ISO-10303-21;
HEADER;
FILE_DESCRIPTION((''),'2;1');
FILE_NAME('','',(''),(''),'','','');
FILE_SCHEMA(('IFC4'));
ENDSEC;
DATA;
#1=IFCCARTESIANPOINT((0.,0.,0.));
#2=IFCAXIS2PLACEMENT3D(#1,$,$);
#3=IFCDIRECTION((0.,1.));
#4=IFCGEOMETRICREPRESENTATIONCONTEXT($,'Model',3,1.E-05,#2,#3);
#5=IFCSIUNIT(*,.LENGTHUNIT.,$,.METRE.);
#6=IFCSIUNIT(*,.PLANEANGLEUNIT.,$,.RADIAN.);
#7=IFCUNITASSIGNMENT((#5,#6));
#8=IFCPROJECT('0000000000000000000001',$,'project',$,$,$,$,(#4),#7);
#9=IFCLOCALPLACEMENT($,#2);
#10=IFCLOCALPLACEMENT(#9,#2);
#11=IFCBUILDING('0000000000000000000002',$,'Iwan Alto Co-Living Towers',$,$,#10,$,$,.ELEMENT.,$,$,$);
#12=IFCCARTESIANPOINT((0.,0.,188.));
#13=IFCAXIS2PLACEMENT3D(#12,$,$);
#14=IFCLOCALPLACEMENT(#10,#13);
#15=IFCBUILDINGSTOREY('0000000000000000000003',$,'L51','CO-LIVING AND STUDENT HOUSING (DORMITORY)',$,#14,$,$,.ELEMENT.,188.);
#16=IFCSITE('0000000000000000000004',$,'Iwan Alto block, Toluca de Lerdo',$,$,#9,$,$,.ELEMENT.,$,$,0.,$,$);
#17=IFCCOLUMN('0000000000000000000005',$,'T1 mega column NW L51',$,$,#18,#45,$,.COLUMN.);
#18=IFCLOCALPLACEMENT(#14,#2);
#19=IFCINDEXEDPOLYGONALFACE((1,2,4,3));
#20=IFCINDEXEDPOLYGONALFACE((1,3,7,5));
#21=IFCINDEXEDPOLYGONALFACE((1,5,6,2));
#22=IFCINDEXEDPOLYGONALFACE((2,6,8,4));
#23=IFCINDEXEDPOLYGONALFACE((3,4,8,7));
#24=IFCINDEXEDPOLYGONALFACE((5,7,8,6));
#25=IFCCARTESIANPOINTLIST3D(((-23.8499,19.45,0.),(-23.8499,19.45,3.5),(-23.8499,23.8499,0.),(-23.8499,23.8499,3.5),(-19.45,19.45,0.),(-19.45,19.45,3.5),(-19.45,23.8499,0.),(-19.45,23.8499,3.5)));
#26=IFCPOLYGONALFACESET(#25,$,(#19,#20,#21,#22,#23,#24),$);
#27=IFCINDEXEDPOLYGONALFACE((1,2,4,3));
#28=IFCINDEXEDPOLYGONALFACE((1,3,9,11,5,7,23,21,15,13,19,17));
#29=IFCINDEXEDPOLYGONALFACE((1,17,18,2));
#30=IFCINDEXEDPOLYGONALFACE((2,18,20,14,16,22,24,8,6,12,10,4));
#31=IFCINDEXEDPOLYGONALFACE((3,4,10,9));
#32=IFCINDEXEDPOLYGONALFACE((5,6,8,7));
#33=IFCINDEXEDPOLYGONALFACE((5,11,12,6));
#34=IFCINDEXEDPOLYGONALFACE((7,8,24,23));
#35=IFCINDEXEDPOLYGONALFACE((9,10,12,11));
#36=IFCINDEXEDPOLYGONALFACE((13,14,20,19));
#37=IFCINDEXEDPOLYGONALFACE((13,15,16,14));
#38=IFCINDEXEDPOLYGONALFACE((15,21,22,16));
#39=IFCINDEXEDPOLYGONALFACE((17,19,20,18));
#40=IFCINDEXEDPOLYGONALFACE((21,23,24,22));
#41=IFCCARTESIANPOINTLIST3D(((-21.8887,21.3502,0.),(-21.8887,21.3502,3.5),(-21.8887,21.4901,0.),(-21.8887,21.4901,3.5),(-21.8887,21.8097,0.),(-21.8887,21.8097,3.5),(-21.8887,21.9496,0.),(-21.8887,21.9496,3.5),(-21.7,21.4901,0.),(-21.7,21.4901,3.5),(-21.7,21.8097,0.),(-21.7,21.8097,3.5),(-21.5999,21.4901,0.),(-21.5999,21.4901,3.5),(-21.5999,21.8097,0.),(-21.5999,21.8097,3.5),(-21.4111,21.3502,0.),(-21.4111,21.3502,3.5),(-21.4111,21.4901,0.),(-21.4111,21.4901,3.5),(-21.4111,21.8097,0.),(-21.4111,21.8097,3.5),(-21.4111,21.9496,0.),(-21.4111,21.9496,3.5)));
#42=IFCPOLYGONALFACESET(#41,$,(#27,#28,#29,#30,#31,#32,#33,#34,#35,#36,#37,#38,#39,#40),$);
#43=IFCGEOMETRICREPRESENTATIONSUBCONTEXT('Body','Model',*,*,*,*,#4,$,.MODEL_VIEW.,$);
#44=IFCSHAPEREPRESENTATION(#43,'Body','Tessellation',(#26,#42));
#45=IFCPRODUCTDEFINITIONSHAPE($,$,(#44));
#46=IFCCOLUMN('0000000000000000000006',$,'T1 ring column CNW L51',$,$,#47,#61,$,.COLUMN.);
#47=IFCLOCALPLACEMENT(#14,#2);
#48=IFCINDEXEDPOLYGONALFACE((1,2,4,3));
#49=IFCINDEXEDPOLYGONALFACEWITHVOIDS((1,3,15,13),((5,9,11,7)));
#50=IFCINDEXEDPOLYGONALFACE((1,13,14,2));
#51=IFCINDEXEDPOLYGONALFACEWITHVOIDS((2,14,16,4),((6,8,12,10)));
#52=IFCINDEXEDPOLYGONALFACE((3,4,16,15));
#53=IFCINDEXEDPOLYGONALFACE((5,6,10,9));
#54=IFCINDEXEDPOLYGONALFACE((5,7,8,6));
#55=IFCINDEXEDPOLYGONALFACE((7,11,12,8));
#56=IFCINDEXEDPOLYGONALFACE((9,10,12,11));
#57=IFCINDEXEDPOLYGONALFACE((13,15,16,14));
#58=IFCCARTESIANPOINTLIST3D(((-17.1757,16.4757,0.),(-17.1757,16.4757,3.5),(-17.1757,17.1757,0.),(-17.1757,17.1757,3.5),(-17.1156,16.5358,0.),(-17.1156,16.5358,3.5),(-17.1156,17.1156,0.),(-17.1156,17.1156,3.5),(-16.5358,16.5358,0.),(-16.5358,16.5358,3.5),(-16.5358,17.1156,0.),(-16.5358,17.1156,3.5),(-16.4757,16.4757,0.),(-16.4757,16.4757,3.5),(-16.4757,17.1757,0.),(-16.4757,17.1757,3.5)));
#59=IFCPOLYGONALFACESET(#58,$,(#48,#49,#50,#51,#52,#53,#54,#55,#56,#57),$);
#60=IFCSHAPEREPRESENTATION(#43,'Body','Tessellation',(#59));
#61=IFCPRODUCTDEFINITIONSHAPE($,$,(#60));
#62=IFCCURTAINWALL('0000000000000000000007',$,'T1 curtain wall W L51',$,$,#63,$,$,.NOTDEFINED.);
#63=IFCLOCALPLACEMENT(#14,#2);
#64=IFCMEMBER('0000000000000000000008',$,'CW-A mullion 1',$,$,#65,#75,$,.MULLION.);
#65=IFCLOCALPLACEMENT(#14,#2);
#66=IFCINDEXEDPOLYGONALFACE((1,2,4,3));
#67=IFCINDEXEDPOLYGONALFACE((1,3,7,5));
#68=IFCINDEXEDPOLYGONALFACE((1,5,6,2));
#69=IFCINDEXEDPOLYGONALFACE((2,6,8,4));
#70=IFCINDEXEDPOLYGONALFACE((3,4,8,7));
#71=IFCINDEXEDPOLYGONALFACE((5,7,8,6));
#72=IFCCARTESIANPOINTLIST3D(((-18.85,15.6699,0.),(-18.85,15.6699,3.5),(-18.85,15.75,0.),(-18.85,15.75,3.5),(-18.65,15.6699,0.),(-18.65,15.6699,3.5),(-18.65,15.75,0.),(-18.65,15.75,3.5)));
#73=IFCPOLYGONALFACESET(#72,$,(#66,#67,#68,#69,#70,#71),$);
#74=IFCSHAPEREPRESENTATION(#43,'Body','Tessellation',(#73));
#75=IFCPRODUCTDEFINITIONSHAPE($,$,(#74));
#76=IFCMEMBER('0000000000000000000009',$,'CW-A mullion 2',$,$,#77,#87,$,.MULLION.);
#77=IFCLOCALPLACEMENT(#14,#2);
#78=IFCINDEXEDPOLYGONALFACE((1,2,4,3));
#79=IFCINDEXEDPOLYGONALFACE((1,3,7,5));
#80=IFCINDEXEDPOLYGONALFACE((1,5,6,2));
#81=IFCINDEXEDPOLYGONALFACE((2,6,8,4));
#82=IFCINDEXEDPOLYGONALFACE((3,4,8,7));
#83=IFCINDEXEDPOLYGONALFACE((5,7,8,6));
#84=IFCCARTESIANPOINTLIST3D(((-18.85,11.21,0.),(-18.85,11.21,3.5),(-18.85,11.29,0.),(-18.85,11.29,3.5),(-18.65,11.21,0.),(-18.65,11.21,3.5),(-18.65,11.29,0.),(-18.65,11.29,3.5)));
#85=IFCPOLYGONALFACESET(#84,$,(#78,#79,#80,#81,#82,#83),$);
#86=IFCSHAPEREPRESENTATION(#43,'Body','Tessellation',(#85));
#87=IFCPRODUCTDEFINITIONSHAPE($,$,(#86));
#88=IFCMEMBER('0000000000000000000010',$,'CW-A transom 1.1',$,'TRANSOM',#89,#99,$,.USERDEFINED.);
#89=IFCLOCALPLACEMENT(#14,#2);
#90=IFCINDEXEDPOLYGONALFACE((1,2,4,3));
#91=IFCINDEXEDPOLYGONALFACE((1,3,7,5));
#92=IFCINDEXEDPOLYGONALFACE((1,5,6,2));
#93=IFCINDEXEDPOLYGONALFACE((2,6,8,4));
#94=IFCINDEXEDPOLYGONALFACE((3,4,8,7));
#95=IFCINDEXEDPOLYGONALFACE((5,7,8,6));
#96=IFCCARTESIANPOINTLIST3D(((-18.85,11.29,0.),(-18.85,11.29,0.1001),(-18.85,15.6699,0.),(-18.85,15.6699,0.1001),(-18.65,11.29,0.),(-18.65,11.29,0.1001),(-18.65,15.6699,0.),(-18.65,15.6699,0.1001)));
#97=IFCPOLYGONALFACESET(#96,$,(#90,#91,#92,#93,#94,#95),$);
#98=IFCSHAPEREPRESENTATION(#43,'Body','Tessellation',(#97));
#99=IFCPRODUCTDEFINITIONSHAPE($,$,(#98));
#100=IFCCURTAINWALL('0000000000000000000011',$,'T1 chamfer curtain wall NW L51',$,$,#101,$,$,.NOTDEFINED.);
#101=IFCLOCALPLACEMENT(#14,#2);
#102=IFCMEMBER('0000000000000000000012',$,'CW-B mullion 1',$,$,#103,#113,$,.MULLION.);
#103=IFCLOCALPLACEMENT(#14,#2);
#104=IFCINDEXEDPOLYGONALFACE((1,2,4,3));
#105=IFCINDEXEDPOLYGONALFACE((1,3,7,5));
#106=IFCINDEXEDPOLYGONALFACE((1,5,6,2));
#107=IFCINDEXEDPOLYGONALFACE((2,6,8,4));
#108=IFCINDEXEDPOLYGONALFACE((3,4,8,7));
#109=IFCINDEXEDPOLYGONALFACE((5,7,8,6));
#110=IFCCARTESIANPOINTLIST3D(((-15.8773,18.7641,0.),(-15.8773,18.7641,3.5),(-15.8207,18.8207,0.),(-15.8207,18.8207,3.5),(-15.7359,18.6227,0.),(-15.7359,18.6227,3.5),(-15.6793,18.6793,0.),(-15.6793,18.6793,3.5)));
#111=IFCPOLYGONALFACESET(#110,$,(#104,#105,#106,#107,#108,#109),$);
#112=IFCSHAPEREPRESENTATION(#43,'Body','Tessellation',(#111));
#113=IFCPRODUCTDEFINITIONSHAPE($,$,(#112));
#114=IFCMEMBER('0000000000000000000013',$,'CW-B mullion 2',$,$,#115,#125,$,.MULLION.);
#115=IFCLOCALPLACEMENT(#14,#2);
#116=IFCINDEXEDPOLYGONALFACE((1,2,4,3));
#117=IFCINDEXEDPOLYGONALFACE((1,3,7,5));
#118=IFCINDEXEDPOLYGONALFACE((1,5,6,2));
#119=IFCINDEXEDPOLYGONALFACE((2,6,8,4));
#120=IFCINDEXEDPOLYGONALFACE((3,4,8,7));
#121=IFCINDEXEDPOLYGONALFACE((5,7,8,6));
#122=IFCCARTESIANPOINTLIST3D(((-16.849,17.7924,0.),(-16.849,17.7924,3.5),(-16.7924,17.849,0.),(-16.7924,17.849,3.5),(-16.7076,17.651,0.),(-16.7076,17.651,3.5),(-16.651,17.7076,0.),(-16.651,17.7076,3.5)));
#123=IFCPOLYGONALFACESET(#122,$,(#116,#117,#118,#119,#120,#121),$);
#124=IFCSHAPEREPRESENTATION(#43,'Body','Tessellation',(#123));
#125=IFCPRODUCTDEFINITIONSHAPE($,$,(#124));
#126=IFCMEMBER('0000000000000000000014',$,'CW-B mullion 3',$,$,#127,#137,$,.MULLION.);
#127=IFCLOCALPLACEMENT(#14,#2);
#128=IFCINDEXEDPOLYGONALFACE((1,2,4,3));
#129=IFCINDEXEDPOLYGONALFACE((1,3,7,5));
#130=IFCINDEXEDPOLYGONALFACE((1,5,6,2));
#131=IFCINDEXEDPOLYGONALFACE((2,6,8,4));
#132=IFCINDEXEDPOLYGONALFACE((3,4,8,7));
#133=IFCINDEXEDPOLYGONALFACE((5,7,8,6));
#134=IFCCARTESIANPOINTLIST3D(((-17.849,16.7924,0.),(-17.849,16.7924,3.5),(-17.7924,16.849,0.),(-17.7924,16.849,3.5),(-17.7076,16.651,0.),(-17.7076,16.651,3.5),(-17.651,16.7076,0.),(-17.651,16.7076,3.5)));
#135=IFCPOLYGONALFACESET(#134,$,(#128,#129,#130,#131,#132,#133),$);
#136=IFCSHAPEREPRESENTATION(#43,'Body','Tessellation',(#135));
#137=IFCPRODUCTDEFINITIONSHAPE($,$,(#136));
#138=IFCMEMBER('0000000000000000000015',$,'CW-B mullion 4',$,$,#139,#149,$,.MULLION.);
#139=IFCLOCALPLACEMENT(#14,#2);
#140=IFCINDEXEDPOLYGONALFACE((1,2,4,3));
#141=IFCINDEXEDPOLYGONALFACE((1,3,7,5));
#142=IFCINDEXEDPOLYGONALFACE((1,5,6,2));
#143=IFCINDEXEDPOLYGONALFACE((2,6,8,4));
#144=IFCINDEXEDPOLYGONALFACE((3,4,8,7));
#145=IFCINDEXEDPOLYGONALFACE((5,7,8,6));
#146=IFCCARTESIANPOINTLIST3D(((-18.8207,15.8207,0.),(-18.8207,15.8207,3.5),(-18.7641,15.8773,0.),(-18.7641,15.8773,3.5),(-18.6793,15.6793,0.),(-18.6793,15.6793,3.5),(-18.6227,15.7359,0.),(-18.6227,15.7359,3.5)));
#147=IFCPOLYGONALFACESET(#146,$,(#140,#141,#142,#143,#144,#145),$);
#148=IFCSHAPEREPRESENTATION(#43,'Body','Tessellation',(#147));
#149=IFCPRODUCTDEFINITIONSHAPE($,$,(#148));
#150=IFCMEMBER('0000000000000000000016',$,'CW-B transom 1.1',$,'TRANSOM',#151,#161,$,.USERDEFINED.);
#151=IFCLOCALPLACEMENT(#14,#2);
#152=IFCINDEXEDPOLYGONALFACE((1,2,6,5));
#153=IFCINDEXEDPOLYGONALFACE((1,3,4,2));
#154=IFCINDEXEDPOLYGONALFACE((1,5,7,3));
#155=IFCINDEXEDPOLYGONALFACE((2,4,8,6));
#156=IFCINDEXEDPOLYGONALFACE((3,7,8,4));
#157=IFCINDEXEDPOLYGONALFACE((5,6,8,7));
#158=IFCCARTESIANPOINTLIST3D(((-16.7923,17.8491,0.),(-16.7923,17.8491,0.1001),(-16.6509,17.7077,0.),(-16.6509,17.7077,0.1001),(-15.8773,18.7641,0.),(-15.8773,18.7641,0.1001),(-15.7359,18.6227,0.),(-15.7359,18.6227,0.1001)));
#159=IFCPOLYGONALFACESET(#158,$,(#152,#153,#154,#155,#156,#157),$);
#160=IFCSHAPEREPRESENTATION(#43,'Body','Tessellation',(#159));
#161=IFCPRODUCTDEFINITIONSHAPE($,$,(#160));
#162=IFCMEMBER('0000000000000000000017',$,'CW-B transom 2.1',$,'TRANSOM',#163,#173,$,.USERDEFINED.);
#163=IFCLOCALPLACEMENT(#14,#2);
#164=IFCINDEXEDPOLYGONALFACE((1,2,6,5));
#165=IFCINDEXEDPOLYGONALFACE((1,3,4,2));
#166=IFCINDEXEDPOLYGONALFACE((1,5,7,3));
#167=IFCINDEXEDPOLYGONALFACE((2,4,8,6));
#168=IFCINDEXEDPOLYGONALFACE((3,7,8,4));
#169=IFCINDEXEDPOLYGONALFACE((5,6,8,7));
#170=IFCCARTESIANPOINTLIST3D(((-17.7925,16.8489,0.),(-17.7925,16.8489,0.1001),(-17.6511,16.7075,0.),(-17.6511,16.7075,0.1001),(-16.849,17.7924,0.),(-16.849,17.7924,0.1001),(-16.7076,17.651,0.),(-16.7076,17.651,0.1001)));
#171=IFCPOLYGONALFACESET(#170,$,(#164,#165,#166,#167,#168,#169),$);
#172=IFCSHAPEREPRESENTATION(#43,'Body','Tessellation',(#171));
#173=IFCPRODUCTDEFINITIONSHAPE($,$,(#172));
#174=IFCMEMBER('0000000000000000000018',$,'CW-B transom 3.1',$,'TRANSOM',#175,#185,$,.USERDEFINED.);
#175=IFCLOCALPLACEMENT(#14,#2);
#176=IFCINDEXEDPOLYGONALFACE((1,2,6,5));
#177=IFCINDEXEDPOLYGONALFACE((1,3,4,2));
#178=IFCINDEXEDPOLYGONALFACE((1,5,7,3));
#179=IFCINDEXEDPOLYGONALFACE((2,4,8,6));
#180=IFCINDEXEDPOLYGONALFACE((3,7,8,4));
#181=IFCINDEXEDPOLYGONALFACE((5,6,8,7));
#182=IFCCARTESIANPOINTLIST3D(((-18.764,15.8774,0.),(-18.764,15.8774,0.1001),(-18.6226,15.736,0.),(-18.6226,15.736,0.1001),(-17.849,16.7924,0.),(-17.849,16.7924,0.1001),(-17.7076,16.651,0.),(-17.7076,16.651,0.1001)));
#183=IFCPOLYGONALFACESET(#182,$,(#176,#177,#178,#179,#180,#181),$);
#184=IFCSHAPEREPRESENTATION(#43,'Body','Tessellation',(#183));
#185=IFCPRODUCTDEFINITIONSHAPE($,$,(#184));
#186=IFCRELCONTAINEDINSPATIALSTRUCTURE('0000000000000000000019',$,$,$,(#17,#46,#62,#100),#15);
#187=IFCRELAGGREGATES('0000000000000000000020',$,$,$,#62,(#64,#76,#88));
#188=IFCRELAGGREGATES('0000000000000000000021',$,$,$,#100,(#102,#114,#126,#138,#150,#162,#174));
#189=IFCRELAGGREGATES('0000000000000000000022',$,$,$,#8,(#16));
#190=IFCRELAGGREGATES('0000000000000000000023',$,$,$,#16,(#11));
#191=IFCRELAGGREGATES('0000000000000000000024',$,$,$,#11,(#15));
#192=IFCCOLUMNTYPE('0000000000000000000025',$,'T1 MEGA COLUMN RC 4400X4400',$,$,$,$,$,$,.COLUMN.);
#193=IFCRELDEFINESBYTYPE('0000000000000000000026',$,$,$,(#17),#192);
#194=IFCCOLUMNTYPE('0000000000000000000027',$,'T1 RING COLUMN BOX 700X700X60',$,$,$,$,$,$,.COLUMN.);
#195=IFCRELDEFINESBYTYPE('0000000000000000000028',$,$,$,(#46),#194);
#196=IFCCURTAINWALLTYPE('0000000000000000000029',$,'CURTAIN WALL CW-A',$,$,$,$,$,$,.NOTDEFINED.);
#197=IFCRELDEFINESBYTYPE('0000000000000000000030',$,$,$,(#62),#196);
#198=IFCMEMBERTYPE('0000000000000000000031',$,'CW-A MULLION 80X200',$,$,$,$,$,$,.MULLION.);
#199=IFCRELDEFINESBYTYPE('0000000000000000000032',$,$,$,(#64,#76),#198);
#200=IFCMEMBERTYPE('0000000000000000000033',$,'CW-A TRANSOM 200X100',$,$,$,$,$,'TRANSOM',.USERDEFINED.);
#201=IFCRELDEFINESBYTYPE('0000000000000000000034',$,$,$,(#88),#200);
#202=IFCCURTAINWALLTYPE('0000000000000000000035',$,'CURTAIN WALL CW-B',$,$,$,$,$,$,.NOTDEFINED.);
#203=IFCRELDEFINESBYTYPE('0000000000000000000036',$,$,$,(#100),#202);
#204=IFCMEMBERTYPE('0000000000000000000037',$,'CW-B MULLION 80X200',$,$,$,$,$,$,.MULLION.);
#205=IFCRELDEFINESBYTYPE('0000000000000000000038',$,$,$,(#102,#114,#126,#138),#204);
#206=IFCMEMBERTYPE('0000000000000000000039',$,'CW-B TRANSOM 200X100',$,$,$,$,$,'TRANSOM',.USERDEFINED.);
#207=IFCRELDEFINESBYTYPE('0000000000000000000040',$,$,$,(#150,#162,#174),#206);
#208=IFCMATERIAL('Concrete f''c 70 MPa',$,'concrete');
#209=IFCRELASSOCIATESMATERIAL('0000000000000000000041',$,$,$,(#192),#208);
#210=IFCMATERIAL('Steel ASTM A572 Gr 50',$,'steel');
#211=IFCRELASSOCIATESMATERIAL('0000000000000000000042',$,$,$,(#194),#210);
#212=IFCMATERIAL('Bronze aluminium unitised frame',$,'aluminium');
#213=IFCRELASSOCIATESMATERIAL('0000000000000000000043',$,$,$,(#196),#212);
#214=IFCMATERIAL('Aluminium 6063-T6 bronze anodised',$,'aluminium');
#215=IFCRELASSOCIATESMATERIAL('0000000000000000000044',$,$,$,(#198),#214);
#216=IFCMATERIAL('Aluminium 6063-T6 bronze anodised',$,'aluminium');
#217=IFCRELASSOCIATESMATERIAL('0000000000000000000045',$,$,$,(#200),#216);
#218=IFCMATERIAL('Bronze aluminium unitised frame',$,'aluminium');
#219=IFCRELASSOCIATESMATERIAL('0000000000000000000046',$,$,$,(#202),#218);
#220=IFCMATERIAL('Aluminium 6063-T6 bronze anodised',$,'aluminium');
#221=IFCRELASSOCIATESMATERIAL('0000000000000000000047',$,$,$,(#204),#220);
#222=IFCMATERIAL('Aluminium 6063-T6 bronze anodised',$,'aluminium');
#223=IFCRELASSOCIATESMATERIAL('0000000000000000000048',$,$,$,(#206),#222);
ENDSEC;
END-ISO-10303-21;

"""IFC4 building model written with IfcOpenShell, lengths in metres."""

from ifc_helpers import new_model, si_unit, direction, frame, origin, origin_2d, place, context, subcontext, project, spatial, rectangle, hollow_rectangle, i_section, extrude, material, material_profile, profile_set, type_object, element, aggregate, save


model = new_model("IFC4")

# Units and contexts
model_context = context("Model", 3, precision=1e-05, world=origin(), true_north=direction((0.0, 1.0)))
body_context = subcontext(model_context, "Body", "Model", "MODEL_VIEW")
ifc_project = project(units=[si_unit("LENGTHUNIT", "METRE"), si_unit("PLANEANGLEUNIT", "RADIAN")], contexts=[model_context])

# Site, building, storey
site_placement = place(None, origin())
site = spatial("IfcSite", under=ifc_project, at=site_placement, Name="Iwan Alto block, Toluca de Lerdo", CompositionType="ELEMENT", RefElevation=0.0)
building_placement = place(site_placement, origin())
building = spatial("IfcBuilding", under=site, at=building_placement, Name="Iwan Alto Co-Living Towers", CompositionType="ELEMENT")
storey_placement = place(building_placement, frame((0.0, 0.0, 188.0)))
storey = spatial("IfcBuildingStorey", under=building, at=storey_placement, Name="L51", Description="CO-LIVING AND STUDENT HOUSING (DORMITORY)", CompositionType="ELEMENT", Elevation=188.0)

# Columns
ifc_material_1 = material(Name="Concrete f'c 70 MPa", Category="concrete")
ifc_material_profile_1 = material_profile(ifc_material_1, rectangle(XDim=4.3999, YDim=4.3999, at=origin_2d()), Name="RC 4400X4400")
ifc_profile_set_1 = profile_set([ifc_material_profile_1], Name="Concrete f'c 70 MPa")
column_type_1 = type_object("IfcColumnType", Name="T1 MEGA COLUMN RC 4400X4400", PredefinedType="COLUMN", material=ifc_profile_set_1)
column_1_placement = place(storey_placement, frame((-21.6499, 21.6499, 0.0), z_axis=(0.0, 0.0, 1.0), x_axis=(1.0, 0.0, 0.0)))
element("IfcColumn", 1, at=column_1_placement, inside=storey, type_object=column_type_1, Name="T1 mega column NW L51", PredefinedType="COLUMN", context=body_context, shape_type="SweptSolid", body=[
    extrude(rectangle(XDim=4.3999, YDim=4.3999, at=origin_2d()), origin(), (0.0, 0.0, 1.0), 3.5),
    extrude(i_section(OverallWidth=0.4775, OverallDepth=0.5994, WebThickness=0.1001, FlangeThickness=0.1399, at=origin_2d()), origin(), (0.0, 0.0, 1.0), 3.5),
])
ifc_material_2 = material(Name="Steel ASTM A572 Gr 50", Category="steel")
ifc_material_profile_2 = material_profile(ifc_material_2, hollow_rectangle(XDim=0.7, YDim=0.7, WallThickness=0.0601, at=origin_2d()), Name="BOX 700X700X60")
ifc_profile_set_2 = profile_set([ifc_material_profile_2], Name="Steel ASTM A572 Gr 50")
column_type_2 = type_object("IfcColumnType", Name="T1 RING COLUMN BOX 700X700X60", PredefinedType="COLUMN", material=ifc_profile_set_2)
column_2_placement = place(storey_placement, frame((-16.8257, 16.8257, 0.0), z_axis=(0.0, 0.0, 1.0), x_axis=(1.0, 0.0, 0.0)))
element("IfcColumn", 2, at=column_2_placement, inside=storey, type_object=column_type_2, Name="T1 ring column CNW L51", PredefinedType="COLUMN", context=body_context, shape_type="SweptSolid", body=[
    extrude(hollow_rectangle(XDim=0.7, YDim=0.7, WallThickness=0.0601, at=origin_2d()), origin(), (0.0, 0.0, 1.0), 3.5),
])

# Curtain walls, members
ifc_material_3 = material(Name="Bronze aluminium unitised frame", Category="aluminium")
curtain_wall_type_1 = type_object("IfcCurtainWallType", Name="CURTAIN WALL CW-A", PredefinedType="NOTDEFINED", material=ifc_material_3)
curtain_wall_1_placement = place(storey_placement, origin())
curtain_wall_1 = element("IfcCurtainWall", 3, at=curtain_wall_1_placement, inside=storey, type_object=curtain_wall_type_1, Name="T1 curtain wall W L51", PredefinedType="NOTDEFINED")
ifc_material_4 = material(Name="Aluminium 6063-T6 bronze anodised", Category="aluminium")
ifc_material_profile_3 = material_profile(ifc_material_4, rectangle(XDim=0.2, YDim=0.0801, at=origin_2d()), Name="AL 80X200")
ifc_profile_set_3 = profile_set([ifc_material_profile_3], Name="Aluminium 6063-T6 bronze anodised")
member_type_1 = type_object("IfcMemberType", Name="CW-A MULLION 80X200", PredefinedType="MULLION", material=ifc_profile_set_3)
member_1_placement = place(storey_placement, frame((-18.75, 15.71, 0.0), z_axis=(0.0, 0.0, 1.0), x_axis=(1.0, 0.0, 0.0)))
member_1 = element("IfcMember", 4, at=member_1_placement, type_object=member_type_1, Name="CW-A mullion 1", PredefinedType="MULLION", context=body_context, shape_type="SweptSolid", body=[
    extrude(rectangle(XDim=0.2, YDim=0.0801, at=origin_2d()), origin(), (0.0, 0.0, 1.0), 3.5),
])
member_2_placement = place(storey_placement, frame((-18.75, 11.25, 0.0), z_axis=(0.0, 0.0, 1.0), x_axis=(1.0, 0.0, 0.0)))
member_2 = element("IfcMember", 5, at=member_2_placement, type_object=member_type_1, Name="CW-A mullion 2", PredefinedType="MULLION", context=body_context, shape_type="SweptSolid", body=[
    extrude(rectangle(XDim=0.2, YDim=0.0801, at=origin_2d()), origin(), (0.0, 0.0, 1.0), 3.5),
])
ifc_material_5 = material(Name="Aluminium 6063-T6 bronze anodised", Category="aluminium")
ifc_material_profile_4 = material_profile(ifc_material_5, rectangle(XDim=0.2, YDim=0.1001, at=origin_2d()), Name="AL 200X100")
ifc_profile_set_4 = profile_set([ifc_material_profile_4], Name="Aluminium 6063-T6 bronze anodised")
member_type_2 = type_object("IfcMemberType", Name="CW-A TRANSOM 200X100", ElementType="TRANSOM", PredefinedType="USERDEFINED", material=ifc_profile_set_4)
member_3_placement = place(storey_placement, frame((-18.75, 15.6699, 0.05), z_axis=(0.0, -1.0, 0.0), x_axis=(1.0, 0.0, 0.0)))
member_3 = element("IfcMember", 6, at=member_3_placement, type_object=member_type_2, Name="CW-A transom 1.1", ObjectType="TRANSOM", PredefinedType="USERDEFINED", context=body_context, shape_type="SweptSolid", body=[
    extrude(rectangle(XDim=0.2, YDim=0.1001, at=origin_2d()), origin(), (0.0, 0.0, 1.0), 4.3799),
])
ifc_material_6 = material(Name="Bronze aluminium unitised frame", Category="aluminium")
curtain_wall_type_2 = type_object("IfcCurtainWallType", Name="CURTAIN WALL CW-B", PredefinedType="NOTDEFINED", material=ifc_material_6)
curtain_wall_2_placement = place(storey_placement, origin())
curtain_wall_2 = element("IfcCurtainWall", 7, at=curtain_wall_2_placement, inside=storey, type_object=curtain_wall_type_2, Name="T1 chamfer curtain wall NW L51", PredefinedType="NOTDEFINED")
ifc_material_7 = material(Name="Aluminium 6063-T6 bronze anodised", Category="aluminium")
ifc_material_profile_5 = material_profile(ifc_material_7, rectangle(XDim=0.2, YDim=0.0801, at=origin_2d()), Name="AL 80X200")
ifc_profile_set_5 = profile_set([ifc_material_profile_5], Name="Aluminium 6063-T6 bronze anodised")
member_type_3 = type_object("IfcMemberType", Name="CW-B MULLION 80X200", PredefinedType="MULLION", material=ifc_profile_set_5)
member_4_placement = place(storey_placement, frame((-15.7783, 18.7217, 0.0), z_axis=(0.0, 0.0, 1.0), x_axis=(0.707107, -0.707107, 0.0)))
member_4 = element("IfcMember", 8, at=member_4_placement, type_object=member_type_3, Name="CW-B mullion 1", PredefinedType="MULLION", context=body_context, shape_type="SweptSolid", body=[
    extrude(rectangle(XDim=0.2, YDim=0.0801, at=origin_2d()), origin(), (0.0, 0.0, 1.0), 3.5),
])
member_5_placement = place(storey_placement, frame((-16.75, 17.75, 0.0), z_axis=(0.0, 0.0, 1.0), x_axis=(0.707107, -0.707107, 0.0)))
member_5 = element("IfcMember", 9, at=member_5_placement, type_object=member_type_3, Name="CW-B mullion 2", PredefinedType="MULLION", context=body_context, shape_type="SweptSolid", body=[
    extrude(rectangle(XDim=0.2, YDim=0.0801, at=origin_2d()), origin(), (0.0, 0.0, 1.0), 3.5),
])
member_6_placement = place(storey_placement, frame((-17.75, 16.75, 0.0), z_axis=(0.0, 0.0, 1.0), x_axis=(0.707107, -0.707107, 0.0)))
member_6 = element("IfcMember", 10, at=member_6_placement, type_object=member_type_3, Name="CW-B mullion 3", PredefinedType="MULLION", context=body_context, shape_type="SweptSolid", body=[
    extrude(rectangle(XDim=0.2, YDim=0.0801, at=origin_2d()), origin(), (0.0, 0.0, 1.0), 3.5),
])
member_7_placement = place(storey_placement, frame((-18.7217, 15.7783, 0.0), z_axis=(0.0, 0.0, 1.0), x_axis=(0.707107, -0.707107, 0.0)))
member_7 = element("IfcMember", 11, at=member_7_placement, type_object=member_type_3, Name="CW-B mullion 4", PredefinedType="MULLION", context=body_context, shape_type="SweptSolid", body=[
    extrude(rectangle(XDim=0.2, YDim=0.0801, at=origin_2d()), origin(), (0.0, 0.0, 1.0), 3.5),
])
ifc_material_8 = material(Name="Aluminium 6063-T6 bronze anodised", Category="aluminium")
ifc_material_profile_6 = material_profile(ifc_material_8, rectangle(XDim=0.2, YDim=0.1001, at=origin_2d()), Name="AL 200X100")
ifc_profile_set_6 = profile_set([ifc_material_profile_6], Name="Aluminium 6063-T6 bronze anodised")
member_type_4 = type_object("IfcMemberType", Name="CW-B TRANSOM 200X100", ElementType="TRANSOM", PredefinedType="USERDEFINED", material=ifc_profile_set_6)
member_8_placement = place(storey_placement, frame((-15.8066, 18.6934, 0.05), z_axis=(-0.707107, -0.707107, 0.0), x_axis=(0.707107, -0.707107, 0.0)))
member_8 = element("IfcMember", 12, at=member_8_placement, type_object=member_type_4, Name="CW-B transom 1.1", ObjectType="TRANSOM", PredefinedType="USERDEFINED", context=body_context, shape_type="SweptSolid", body=[
    extrude(rectangle(XDim=0.2, YDim=0.1001, at=origin_2d()), origin(), (0.0, 0.0, 1.0), 1.2939),
])
member_9_placement = place(storey_placement, frame((-16.7783, 17.7217, 0.05), z_axis=(-0.707107, -0.707107, 0.0), x_axis=(0.707107, -0.707107, 0.0)))
member_9 = element("IfcMember", 13, at=member_9_placement, type_object=member_type_4, Name="CW-B transom 2.1", ObjectType="TRANSOM", PredefinedType="USERDEFINED", context=body_context, shape_type="SweptSolid", body=[
    extrude(rectangle(XDim=0.2, YDim=0.1001, at=origin_2d()), origin(), (0.0, 0.0, 1.0), 1.3342),
])
member_10_placement = place(storey_placement, frame((-17.7783, 16.7217, 0.05), z_axis=(-0.707107, -0.707107, 0.0), x_axis=(0.707107, -0.707107, 0.0)))
member_10 = element("IfcMember", 14, at=member_10_placement, type_object=member_type_4, Name="CW-B transom 3.1", ObjectType="TRANSOM", PredefinedType="USERDEFINED", context=body_context, shape_type="SweptSolid", body=[
    extrude(rectangle(XDim=0.2, YDim=0.1001, at=origin_2d()), origin(), (0.0, 0.0, 1.0), 1.2939),
])

aggregate(curtain_wall_1, [member_1, member_2, member_3])
aggregate(curtain_wall_2, [member_4, member_5, member_6, member_7, member_8, member_9, member_10])

save(model, "model.ifc")
